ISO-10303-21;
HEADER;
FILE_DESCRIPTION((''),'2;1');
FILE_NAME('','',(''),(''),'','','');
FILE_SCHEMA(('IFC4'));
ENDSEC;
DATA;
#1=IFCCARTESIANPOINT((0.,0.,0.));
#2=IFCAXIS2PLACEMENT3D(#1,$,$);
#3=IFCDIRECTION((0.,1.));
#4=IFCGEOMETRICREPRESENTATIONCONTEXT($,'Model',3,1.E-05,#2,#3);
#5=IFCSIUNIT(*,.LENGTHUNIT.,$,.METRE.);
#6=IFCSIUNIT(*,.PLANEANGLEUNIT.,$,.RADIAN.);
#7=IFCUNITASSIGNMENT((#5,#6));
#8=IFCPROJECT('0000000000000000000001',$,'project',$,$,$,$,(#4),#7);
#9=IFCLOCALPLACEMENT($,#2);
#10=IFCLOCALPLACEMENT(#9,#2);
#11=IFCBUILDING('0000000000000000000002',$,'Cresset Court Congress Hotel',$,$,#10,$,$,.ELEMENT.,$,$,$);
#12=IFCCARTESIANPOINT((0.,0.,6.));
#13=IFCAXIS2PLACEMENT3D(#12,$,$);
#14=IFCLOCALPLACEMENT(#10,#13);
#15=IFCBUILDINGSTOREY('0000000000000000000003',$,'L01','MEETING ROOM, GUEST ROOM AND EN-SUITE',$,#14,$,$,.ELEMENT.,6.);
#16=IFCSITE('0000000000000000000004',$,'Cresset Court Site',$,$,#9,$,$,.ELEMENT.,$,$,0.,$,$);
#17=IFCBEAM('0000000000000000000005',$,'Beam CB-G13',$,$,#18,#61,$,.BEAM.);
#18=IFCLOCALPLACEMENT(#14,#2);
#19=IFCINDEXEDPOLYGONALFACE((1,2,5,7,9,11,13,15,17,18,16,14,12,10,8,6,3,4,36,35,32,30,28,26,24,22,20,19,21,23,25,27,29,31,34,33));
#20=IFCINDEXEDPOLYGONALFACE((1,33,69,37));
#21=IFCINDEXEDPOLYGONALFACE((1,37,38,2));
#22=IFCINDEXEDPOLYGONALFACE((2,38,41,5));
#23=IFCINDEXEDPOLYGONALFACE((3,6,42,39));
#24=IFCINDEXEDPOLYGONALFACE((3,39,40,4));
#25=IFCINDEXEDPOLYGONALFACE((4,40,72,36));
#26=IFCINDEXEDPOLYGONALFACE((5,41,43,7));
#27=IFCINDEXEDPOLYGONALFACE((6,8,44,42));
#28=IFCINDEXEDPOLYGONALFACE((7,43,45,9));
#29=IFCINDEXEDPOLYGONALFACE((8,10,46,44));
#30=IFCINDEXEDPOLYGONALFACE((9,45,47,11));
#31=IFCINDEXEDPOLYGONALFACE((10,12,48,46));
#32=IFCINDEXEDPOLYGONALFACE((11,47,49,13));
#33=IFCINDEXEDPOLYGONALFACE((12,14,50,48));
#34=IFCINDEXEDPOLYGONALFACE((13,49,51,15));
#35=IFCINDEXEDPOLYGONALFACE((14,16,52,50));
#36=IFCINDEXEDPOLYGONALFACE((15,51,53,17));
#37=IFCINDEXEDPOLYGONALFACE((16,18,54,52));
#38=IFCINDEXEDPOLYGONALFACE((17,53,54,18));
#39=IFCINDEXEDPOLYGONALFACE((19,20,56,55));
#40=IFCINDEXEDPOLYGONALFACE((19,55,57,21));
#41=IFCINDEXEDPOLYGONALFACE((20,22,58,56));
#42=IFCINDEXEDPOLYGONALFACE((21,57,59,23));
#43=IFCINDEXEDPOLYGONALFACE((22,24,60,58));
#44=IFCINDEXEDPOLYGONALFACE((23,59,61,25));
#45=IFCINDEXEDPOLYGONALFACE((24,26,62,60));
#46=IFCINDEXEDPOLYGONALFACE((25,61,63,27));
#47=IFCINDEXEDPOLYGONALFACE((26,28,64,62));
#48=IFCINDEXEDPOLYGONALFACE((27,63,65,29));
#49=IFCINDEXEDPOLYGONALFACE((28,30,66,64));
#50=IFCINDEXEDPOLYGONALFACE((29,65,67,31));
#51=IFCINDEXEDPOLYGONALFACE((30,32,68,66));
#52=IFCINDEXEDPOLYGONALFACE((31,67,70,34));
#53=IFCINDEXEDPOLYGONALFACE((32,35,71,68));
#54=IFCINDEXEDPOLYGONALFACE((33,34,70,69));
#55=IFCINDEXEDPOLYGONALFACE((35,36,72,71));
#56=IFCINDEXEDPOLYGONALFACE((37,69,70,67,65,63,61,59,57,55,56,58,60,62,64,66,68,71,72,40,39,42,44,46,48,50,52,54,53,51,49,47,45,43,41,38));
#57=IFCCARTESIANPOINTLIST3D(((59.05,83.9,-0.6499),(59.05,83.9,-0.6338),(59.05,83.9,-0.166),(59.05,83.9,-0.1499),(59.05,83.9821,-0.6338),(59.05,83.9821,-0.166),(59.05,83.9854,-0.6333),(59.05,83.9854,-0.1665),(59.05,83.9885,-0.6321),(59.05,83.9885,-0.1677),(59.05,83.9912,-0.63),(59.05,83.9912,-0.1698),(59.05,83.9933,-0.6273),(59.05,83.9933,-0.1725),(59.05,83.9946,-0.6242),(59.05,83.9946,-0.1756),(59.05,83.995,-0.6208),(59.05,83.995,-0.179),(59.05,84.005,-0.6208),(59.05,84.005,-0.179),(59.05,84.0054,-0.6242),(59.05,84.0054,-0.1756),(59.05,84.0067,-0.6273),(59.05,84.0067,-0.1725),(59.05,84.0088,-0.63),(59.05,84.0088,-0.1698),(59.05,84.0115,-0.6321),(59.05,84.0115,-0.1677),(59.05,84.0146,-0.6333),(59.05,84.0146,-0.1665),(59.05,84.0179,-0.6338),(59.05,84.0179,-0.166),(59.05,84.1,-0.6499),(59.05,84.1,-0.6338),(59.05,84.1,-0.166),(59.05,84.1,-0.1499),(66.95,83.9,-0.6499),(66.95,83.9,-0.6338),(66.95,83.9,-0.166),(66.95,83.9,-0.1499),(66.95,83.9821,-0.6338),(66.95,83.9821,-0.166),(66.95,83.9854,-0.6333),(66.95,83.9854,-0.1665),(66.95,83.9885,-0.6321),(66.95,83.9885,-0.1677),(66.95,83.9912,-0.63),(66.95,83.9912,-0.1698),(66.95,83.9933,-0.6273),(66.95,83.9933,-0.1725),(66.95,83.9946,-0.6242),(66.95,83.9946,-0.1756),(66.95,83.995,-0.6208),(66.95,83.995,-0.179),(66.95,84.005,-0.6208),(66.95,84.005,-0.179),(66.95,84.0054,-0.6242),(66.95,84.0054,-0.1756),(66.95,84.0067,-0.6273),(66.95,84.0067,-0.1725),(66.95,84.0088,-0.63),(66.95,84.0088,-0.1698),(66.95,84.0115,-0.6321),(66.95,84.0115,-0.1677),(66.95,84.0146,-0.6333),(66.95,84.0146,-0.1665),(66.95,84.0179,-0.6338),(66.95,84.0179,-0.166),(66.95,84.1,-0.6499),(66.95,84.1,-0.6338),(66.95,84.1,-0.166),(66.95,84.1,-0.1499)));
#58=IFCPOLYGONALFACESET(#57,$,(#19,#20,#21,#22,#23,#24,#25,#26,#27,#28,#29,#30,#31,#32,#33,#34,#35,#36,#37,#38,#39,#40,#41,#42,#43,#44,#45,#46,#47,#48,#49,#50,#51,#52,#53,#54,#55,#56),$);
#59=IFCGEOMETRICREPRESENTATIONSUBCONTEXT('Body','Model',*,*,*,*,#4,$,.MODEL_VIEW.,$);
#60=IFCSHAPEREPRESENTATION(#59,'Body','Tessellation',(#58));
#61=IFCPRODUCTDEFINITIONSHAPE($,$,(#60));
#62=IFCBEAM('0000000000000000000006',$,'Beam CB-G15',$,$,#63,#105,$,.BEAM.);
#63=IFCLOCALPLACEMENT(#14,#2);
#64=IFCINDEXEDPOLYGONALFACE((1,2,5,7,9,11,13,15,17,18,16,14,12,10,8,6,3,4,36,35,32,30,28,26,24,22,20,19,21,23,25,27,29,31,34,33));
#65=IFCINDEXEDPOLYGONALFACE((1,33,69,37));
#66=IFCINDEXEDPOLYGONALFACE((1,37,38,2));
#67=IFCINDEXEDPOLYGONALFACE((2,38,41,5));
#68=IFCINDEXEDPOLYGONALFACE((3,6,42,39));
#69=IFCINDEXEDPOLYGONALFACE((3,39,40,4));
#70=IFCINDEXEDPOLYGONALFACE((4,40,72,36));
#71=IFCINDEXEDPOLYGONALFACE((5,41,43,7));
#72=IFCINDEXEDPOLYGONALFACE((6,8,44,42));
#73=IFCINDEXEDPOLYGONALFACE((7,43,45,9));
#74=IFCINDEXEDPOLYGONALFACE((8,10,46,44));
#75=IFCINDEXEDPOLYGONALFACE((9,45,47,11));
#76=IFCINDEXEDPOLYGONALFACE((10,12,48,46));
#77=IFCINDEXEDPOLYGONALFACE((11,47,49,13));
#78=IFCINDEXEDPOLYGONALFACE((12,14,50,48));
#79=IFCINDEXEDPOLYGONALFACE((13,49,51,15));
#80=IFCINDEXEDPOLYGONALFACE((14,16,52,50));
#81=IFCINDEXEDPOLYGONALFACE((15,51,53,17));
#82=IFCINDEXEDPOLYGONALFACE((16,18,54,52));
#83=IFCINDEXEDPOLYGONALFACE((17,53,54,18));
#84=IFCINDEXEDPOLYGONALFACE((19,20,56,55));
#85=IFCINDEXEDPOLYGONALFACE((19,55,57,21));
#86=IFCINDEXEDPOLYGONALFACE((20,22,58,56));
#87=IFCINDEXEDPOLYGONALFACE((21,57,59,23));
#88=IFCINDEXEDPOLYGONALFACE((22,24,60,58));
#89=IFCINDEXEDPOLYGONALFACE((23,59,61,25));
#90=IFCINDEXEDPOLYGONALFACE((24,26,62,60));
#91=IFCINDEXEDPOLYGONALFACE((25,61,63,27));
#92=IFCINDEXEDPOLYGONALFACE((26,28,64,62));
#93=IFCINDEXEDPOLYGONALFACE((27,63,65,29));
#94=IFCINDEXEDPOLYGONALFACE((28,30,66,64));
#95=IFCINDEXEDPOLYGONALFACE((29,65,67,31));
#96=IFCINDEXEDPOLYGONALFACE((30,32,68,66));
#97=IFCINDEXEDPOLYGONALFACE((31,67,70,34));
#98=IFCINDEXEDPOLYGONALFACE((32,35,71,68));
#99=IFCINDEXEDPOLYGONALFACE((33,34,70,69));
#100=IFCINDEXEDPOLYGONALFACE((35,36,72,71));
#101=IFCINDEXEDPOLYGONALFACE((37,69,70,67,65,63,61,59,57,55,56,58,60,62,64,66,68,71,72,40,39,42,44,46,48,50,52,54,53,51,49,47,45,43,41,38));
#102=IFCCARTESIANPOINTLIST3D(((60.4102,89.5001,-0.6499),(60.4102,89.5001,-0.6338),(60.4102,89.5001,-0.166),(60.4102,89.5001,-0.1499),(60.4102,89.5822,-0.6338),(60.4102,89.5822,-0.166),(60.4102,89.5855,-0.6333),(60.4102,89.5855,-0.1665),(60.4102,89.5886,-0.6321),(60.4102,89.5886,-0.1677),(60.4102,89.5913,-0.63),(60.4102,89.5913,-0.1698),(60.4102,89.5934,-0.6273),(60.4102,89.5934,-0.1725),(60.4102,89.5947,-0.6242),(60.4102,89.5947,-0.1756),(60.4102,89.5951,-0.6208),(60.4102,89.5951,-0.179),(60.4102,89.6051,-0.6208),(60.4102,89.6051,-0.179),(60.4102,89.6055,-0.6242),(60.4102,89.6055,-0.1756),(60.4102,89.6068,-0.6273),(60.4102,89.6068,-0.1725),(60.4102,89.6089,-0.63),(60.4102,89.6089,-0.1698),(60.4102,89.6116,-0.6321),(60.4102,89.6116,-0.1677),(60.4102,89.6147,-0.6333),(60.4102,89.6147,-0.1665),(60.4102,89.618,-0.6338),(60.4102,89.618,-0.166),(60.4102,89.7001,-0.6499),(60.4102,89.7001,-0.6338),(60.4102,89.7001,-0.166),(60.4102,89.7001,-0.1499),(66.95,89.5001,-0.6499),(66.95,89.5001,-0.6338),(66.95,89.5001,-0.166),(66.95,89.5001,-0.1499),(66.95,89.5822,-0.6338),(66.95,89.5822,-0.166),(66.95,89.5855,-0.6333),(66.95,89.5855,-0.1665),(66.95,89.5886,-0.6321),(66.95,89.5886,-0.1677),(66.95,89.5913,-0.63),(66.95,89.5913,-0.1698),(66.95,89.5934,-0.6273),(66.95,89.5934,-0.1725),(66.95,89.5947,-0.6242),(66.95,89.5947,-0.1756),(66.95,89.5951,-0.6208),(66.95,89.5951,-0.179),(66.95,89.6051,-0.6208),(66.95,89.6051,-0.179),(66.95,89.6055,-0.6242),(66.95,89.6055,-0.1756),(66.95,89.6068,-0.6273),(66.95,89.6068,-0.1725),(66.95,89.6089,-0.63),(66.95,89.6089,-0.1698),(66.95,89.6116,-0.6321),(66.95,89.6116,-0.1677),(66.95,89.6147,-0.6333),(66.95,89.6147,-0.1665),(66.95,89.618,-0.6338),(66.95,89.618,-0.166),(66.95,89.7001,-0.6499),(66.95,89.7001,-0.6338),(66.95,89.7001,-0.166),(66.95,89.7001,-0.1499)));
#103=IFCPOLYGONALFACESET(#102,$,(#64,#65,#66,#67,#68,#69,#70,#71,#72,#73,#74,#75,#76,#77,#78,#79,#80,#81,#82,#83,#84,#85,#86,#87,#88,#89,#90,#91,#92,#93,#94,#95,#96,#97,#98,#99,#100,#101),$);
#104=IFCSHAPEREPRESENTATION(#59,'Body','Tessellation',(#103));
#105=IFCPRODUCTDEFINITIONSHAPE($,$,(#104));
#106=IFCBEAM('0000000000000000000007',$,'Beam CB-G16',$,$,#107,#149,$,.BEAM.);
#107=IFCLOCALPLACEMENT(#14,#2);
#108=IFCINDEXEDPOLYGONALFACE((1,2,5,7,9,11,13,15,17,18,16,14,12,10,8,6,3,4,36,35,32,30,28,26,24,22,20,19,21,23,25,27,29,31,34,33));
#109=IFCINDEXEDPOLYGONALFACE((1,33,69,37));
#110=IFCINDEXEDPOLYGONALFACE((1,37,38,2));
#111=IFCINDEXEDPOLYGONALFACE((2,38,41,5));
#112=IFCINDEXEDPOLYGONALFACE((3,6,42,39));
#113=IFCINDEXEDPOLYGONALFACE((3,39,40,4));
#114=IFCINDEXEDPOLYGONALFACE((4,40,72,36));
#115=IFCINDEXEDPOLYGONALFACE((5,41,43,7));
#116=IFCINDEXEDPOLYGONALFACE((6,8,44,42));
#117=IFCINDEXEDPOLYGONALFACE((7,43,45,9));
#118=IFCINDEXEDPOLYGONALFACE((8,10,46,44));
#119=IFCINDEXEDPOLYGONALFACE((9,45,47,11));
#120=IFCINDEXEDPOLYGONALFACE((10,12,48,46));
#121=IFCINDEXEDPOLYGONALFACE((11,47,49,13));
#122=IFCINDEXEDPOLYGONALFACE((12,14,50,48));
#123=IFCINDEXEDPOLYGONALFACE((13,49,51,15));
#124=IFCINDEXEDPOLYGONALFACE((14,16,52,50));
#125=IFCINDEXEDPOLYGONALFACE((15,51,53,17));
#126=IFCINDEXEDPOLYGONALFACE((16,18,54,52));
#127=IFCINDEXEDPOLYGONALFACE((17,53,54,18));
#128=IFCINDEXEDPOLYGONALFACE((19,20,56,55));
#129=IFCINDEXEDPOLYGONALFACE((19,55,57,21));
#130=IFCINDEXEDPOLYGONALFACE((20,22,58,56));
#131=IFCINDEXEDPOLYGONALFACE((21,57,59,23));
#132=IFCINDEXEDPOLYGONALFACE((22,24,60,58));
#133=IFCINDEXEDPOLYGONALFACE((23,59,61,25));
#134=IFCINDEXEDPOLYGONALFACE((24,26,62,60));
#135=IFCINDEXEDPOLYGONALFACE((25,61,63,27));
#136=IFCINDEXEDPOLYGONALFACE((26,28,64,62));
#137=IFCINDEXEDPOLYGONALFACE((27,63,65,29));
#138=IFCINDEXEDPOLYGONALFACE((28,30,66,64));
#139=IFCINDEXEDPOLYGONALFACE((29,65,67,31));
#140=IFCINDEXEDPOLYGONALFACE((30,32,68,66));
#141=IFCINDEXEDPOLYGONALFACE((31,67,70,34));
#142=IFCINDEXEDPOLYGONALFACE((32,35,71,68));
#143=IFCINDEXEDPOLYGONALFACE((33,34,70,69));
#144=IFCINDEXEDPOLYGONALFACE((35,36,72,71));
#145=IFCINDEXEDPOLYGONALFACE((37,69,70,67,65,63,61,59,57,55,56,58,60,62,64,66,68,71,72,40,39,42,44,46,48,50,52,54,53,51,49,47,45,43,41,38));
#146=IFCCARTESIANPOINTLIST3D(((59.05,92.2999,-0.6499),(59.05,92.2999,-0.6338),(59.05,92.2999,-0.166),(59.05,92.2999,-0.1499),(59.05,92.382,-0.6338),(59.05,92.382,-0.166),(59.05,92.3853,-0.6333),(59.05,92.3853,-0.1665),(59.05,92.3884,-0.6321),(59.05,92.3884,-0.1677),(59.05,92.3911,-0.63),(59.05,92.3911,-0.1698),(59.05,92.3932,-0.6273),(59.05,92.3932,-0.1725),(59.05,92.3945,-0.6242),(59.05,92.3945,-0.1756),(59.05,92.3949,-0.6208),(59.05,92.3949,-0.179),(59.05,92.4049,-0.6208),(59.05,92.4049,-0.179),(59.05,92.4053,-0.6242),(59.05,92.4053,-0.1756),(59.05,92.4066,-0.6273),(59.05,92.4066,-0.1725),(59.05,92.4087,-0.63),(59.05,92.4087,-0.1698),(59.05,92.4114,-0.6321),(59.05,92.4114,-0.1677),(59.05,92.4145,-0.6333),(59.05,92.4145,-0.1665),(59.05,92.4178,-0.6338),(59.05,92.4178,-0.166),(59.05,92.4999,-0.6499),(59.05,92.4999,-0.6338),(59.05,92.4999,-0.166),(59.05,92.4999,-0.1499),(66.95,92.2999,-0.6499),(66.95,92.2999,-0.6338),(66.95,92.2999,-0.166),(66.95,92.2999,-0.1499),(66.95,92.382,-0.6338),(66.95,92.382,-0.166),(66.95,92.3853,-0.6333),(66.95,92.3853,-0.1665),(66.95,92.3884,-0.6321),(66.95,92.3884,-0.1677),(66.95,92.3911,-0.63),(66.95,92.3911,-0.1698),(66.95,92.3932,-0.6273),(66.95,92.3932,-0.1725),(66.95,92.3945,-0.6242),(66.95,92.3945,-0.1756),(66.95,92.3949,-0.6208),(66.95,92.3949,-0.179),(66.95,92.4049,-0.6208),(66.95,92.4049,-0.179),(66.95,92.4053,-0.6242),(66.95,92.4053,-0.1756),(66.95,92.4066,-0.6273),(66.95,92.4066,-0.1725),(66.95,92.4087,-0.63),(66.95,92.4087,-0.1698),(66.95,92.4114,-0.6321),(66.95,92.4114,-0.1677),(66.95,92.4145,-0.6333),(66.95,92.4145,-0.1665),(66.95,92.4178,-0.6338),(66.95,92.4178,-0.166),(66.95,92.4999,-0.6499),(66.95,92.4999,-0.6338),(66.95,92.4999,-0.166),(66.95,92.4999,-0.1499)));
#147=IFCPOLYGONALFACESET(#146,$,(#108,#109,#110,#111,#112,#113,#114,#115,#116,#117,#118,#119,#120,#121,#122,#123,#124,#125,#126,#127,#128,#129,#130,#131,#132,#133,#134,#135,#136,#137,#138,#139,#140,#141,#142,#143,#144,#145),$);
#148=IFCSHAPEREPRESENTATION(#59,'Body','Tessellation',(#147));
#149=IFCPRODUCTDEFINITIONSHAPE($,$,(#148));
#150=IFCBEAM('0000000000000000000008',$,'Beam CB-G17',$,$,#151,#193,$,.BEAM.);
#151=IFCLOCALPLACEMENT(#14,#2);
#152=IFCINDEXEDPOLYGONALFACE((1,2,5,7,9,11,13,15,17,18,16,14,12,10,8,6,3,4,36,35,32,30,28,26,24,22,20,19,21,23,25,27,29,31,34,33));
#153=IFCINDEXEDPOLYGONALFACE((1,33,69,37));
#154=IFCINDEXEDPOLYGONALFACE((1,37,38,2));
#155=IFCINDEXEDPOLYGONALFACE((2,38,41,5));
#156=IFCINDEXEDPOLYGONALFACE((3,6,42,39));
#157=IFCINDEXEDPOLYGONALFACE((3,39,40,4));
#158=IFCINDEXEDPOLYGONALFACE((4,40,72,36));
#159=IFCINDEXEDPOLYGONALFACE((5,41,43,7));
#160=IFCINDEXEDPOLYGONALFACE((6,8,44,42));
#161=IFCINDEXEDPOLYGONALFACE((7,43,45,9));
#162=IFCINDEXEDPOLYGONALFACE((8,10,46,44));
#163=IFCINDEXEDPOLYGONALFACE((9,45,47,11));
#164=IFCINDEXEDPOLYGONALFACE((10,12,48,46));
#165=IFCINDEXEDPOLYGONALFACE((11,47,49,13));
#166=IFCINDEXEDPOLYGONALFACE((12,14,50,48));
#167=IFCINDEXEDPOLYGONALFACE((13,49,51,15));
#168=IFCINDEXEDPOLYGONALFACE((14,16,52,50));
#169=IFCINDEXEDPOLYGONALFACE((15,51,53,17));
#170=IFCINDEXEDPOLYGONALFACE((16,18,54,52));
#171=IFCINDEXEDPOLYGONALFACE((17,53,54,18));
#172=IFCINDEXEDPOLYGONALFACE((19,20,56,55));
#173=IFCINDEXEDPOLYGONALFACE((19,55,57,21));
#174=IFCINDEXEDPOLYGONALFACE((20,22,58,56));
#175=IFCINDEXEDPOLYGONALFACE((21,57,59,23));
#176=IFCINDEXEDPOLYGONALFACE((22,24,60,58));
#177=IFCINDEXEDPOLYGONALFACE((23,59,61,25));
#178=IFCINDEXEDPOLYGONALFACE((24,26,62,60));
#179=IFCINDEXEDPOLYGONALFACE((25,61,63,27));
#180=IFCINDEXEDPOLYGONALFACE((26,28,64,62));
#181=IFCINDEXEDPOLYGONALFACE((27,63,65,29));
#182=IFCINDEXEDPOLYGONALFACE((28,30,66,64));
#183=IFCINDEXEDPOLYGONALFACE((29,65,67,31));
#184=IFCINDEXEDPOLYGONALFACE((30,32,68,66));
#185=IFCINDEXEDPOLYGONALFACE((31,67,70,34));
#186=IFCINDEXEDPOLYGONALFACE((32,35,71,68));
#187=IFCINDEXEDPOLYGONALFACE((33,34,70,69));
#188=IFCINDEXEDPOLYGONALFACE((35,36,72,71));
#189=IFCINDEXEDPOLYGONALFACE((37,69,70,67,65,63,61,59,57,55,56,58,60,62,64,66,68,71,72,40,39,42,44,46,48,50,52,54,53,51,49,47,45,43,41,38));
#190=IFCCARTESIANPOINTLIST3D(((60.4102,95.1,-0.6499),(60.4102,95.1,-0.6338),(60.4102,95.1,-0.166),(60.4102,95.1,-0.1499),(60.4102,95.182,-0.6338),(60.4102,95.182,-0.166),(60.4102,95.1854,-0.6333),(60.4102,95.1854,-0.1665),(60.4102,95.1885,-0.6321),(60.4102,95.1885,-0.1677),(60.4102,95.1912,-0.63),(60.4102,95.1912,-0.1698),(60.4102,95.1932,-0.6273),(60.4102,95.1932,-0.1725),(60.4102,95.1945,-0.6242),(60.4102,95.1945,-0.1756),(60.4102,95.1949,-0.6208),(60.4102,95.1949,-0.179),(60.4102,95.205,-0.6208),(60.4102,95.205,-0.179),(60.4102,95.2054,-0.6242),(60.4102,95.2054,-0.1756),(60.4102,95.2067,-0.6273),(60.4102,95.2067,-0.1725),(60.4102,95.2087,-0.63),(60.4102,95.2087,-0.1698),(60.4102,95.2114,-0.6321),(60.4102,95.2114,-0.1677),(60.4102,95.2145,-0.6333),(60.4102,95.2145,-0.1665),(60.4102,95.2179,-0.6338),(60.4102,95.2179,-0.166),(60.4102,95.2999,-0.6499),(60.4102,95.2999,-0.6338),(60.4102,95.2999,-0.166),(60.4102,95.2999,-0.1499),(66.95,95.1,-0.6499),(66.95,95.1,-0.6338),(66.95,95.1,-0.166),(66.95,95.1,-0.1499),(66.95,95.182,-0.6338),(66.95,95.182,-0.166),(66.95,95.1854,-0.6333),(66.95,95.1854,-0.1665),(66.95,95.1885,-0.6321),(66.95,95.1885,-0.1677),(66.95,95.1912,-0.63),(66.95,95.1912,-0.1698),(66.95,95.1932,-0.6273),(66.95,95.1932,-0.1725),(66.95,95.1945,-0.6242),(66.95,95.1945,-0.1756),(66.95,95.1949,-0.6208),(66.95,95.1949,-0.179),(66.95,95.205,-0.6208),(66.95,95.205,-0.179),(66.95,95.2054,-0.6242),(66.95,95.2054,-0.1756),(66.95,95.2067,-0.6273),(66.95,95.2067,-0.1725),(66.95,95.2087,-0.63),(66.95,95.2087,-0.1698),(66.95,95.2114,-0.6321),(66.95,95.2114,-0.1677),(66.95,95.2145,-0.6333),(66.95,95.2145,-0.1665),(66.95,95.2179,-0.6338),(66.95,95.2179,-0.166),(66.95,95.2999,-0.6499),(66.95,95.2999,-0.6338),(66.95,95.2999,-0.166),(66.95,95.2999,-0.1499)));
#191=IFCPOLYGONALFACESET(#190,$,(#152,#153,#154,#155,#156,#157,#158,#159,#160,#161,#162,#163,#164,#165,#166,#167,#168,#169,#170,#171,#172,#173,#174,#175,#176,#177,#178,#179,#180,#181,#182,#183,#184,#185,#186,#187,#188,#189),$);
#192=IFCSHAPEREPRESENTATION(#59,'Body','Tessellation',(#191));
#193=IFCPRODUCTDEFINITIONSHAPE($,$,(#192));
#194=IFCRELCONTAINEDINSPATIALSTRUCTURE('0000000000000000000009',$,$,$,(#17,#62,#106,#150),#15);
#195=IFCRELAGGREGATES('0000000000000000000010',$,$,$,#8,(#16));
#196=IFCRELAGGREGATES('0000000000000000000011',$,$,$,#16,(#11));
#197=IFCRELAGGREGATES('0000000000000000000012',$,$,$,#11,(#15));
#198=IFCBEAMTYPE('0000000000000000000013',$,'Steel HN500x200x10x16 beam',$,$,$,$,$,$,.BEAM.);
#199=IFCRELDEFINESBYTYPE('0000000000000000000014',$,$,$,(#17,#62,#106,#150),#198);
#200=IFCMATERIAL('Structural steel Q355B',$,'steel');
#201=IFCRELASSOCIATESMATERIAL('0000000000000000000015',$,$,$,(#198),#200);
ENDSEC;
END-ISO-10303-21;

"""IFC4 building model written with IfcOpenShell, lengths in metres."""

from ifc_helpers import new_model, si_unit, direction, frame, origin, origin_2d, place, context, subcontext, project, spatial, i_section, extrude, material, material_profile, profile_set, type_object, element, save


model = new_model("IFC4")

# Units and contexts
model_context = context("Model", 3, precision=1e-05, world=origin(), true_north=direction((0.0, 1.0)))
body_context = subcontext(model_context, "Body", "Model", "MODEL_VIEW")
ifc_project = project(units=[si_unit("LENGTHUNIT", "METRE"), si_unit("PLANEANGLEUNIT", "RADIAN")], contexts=[model_context])

# Site, building, storey
site_placement = place(None, origin())
site = spatial("IfcSite", under=ifc_project, at=site_placement, Name="Cresset Court Site", CompositionType="ELEMENT", RefElevation=0.0)
building_placement = place(site_placement, origin())
building = spatial("IfcBuilding", under=site, at=building_placement, Name="Cresset Court Congress Hotel", CompositionType="ELEMENT")
storey_placement = place(building_placement, frame((0.0, 0.0, 6.0)))
storey = spatial("IfcBuildingStorey", under=building, at=storey_placement, Name="L01", Description="MEETING ROOM, GUEST ROOM AND EN-SUITE", CompositionType="ELEMENT", Elevation=6.0)

# Beams
ifc_material_1 = material(Name="Structural steel Q355B", Category="steel")
ifc_material_profile = material_profile(ifc_material_1, i_section(OverallWidth=0.2, OverallDepth=0.5, WebThickness=0.01, FlangeThickness=0.0161, FilletRadius=0.0129, at=origin_2d()), Name="HN500x200x10x16")
ifc_profile_set = profile_set([ifc_material_profile], Name="Structural steel Q355B")
beam_type = type_object("IfcBeamType", Name="Steel HN500x200x10x16 beam", PredefinedType="BEAM", material=ifc_profile_set)
beam_1_placement = place(storey_placement, frame((59.05, 84.0, -0.3999), z_axis=(1.0, 0.0, 0.0), x_axis=(0.0, 1.0, 0.0)))
element("IfcBeam", 1, at=beam_1_placement, inside=storey, type_object=beam_type, Name="Beam CB-G13", PredefinedType="BEAM", context=body_context, shape_type="SweptSolid", body=[
    extrude(i_section(OverallWidth=0.2, OverallDepth=0.5, WebThickness=0.01, FlangeThickness=0.0161, FilletRadius=0.0129, at=origin_2d()), origin(), (0.0, 0.0, 1.0), 7.8999),
])
beam_2_placement = place(storey_placement, frame((60.4102, 89.6001, -0.3999), z_axis=(1.0, 0.0, 0.0), x_axis=(0.0, 1.0, 0.0)))
element("IfcBeam", 2, at=beam_2_placement, inside=storey, type_object=beam_type, Name="Beam CB-G15", PredefinedType="BEAM", context=body_context, shape_type="SweptSolid", body=[
    extrude(i_section(OverallWidth=0.2, OverallDepth=0.5, WebThickness=0.01, FlangeThickness=0.0161, FilletRadius=0.0129, at=origin_2d()), origin(), (0.0, 0.0, 1.0), 6.5398),
])
beam_3_placement = place(storey_placement, frame((59.05, 92.3999, -0.3999), z_axis=(1.0, 0.0, 0.0), x_axis=(0.0, 1.0, 0.0)))
element("IfcBeam", 3, at=beam_3_placement, inside=storey, type_object=beam_type, Name="Beam CB-G16", PredefinedType="BEAM", context=body_context, shape_type="SweptSolid", body=[
    extrude(i_section(OverallWidth=0.2, OverallDepth=0.5, WebThickness=0.01, FlangeThickness=0.0161, FilletRadius=0.0129, at=origin_2d()), origin(), (0.0, 0.0, 1.0), 7.8999),
])
beam_4_placement = place(storey_placement, frame((60.4102, 95.2, -0.3999), z_axis=(1.0, 0.0, 0.0), x_axis=(0.0, 1.0, 0.0)))
element("IfcBeam", 4, at=beam_4_placement, inside=storey, type_object=beam_type, Name="Beam CB-G17", PredefinedType="BEAM", context=body_context, shape_type="SweptSolid", body=[
    extrude(i_section(OverallWidth=0.2, OverallDepth=0.5, WebThickness=0.01, FlangeThickness=0.0161, FilletRadius=0.0129, at=origin_2d()), origin(), (0.0, 0.0, 1.0), 6.5398),
])

save(model, "model.ifc")
